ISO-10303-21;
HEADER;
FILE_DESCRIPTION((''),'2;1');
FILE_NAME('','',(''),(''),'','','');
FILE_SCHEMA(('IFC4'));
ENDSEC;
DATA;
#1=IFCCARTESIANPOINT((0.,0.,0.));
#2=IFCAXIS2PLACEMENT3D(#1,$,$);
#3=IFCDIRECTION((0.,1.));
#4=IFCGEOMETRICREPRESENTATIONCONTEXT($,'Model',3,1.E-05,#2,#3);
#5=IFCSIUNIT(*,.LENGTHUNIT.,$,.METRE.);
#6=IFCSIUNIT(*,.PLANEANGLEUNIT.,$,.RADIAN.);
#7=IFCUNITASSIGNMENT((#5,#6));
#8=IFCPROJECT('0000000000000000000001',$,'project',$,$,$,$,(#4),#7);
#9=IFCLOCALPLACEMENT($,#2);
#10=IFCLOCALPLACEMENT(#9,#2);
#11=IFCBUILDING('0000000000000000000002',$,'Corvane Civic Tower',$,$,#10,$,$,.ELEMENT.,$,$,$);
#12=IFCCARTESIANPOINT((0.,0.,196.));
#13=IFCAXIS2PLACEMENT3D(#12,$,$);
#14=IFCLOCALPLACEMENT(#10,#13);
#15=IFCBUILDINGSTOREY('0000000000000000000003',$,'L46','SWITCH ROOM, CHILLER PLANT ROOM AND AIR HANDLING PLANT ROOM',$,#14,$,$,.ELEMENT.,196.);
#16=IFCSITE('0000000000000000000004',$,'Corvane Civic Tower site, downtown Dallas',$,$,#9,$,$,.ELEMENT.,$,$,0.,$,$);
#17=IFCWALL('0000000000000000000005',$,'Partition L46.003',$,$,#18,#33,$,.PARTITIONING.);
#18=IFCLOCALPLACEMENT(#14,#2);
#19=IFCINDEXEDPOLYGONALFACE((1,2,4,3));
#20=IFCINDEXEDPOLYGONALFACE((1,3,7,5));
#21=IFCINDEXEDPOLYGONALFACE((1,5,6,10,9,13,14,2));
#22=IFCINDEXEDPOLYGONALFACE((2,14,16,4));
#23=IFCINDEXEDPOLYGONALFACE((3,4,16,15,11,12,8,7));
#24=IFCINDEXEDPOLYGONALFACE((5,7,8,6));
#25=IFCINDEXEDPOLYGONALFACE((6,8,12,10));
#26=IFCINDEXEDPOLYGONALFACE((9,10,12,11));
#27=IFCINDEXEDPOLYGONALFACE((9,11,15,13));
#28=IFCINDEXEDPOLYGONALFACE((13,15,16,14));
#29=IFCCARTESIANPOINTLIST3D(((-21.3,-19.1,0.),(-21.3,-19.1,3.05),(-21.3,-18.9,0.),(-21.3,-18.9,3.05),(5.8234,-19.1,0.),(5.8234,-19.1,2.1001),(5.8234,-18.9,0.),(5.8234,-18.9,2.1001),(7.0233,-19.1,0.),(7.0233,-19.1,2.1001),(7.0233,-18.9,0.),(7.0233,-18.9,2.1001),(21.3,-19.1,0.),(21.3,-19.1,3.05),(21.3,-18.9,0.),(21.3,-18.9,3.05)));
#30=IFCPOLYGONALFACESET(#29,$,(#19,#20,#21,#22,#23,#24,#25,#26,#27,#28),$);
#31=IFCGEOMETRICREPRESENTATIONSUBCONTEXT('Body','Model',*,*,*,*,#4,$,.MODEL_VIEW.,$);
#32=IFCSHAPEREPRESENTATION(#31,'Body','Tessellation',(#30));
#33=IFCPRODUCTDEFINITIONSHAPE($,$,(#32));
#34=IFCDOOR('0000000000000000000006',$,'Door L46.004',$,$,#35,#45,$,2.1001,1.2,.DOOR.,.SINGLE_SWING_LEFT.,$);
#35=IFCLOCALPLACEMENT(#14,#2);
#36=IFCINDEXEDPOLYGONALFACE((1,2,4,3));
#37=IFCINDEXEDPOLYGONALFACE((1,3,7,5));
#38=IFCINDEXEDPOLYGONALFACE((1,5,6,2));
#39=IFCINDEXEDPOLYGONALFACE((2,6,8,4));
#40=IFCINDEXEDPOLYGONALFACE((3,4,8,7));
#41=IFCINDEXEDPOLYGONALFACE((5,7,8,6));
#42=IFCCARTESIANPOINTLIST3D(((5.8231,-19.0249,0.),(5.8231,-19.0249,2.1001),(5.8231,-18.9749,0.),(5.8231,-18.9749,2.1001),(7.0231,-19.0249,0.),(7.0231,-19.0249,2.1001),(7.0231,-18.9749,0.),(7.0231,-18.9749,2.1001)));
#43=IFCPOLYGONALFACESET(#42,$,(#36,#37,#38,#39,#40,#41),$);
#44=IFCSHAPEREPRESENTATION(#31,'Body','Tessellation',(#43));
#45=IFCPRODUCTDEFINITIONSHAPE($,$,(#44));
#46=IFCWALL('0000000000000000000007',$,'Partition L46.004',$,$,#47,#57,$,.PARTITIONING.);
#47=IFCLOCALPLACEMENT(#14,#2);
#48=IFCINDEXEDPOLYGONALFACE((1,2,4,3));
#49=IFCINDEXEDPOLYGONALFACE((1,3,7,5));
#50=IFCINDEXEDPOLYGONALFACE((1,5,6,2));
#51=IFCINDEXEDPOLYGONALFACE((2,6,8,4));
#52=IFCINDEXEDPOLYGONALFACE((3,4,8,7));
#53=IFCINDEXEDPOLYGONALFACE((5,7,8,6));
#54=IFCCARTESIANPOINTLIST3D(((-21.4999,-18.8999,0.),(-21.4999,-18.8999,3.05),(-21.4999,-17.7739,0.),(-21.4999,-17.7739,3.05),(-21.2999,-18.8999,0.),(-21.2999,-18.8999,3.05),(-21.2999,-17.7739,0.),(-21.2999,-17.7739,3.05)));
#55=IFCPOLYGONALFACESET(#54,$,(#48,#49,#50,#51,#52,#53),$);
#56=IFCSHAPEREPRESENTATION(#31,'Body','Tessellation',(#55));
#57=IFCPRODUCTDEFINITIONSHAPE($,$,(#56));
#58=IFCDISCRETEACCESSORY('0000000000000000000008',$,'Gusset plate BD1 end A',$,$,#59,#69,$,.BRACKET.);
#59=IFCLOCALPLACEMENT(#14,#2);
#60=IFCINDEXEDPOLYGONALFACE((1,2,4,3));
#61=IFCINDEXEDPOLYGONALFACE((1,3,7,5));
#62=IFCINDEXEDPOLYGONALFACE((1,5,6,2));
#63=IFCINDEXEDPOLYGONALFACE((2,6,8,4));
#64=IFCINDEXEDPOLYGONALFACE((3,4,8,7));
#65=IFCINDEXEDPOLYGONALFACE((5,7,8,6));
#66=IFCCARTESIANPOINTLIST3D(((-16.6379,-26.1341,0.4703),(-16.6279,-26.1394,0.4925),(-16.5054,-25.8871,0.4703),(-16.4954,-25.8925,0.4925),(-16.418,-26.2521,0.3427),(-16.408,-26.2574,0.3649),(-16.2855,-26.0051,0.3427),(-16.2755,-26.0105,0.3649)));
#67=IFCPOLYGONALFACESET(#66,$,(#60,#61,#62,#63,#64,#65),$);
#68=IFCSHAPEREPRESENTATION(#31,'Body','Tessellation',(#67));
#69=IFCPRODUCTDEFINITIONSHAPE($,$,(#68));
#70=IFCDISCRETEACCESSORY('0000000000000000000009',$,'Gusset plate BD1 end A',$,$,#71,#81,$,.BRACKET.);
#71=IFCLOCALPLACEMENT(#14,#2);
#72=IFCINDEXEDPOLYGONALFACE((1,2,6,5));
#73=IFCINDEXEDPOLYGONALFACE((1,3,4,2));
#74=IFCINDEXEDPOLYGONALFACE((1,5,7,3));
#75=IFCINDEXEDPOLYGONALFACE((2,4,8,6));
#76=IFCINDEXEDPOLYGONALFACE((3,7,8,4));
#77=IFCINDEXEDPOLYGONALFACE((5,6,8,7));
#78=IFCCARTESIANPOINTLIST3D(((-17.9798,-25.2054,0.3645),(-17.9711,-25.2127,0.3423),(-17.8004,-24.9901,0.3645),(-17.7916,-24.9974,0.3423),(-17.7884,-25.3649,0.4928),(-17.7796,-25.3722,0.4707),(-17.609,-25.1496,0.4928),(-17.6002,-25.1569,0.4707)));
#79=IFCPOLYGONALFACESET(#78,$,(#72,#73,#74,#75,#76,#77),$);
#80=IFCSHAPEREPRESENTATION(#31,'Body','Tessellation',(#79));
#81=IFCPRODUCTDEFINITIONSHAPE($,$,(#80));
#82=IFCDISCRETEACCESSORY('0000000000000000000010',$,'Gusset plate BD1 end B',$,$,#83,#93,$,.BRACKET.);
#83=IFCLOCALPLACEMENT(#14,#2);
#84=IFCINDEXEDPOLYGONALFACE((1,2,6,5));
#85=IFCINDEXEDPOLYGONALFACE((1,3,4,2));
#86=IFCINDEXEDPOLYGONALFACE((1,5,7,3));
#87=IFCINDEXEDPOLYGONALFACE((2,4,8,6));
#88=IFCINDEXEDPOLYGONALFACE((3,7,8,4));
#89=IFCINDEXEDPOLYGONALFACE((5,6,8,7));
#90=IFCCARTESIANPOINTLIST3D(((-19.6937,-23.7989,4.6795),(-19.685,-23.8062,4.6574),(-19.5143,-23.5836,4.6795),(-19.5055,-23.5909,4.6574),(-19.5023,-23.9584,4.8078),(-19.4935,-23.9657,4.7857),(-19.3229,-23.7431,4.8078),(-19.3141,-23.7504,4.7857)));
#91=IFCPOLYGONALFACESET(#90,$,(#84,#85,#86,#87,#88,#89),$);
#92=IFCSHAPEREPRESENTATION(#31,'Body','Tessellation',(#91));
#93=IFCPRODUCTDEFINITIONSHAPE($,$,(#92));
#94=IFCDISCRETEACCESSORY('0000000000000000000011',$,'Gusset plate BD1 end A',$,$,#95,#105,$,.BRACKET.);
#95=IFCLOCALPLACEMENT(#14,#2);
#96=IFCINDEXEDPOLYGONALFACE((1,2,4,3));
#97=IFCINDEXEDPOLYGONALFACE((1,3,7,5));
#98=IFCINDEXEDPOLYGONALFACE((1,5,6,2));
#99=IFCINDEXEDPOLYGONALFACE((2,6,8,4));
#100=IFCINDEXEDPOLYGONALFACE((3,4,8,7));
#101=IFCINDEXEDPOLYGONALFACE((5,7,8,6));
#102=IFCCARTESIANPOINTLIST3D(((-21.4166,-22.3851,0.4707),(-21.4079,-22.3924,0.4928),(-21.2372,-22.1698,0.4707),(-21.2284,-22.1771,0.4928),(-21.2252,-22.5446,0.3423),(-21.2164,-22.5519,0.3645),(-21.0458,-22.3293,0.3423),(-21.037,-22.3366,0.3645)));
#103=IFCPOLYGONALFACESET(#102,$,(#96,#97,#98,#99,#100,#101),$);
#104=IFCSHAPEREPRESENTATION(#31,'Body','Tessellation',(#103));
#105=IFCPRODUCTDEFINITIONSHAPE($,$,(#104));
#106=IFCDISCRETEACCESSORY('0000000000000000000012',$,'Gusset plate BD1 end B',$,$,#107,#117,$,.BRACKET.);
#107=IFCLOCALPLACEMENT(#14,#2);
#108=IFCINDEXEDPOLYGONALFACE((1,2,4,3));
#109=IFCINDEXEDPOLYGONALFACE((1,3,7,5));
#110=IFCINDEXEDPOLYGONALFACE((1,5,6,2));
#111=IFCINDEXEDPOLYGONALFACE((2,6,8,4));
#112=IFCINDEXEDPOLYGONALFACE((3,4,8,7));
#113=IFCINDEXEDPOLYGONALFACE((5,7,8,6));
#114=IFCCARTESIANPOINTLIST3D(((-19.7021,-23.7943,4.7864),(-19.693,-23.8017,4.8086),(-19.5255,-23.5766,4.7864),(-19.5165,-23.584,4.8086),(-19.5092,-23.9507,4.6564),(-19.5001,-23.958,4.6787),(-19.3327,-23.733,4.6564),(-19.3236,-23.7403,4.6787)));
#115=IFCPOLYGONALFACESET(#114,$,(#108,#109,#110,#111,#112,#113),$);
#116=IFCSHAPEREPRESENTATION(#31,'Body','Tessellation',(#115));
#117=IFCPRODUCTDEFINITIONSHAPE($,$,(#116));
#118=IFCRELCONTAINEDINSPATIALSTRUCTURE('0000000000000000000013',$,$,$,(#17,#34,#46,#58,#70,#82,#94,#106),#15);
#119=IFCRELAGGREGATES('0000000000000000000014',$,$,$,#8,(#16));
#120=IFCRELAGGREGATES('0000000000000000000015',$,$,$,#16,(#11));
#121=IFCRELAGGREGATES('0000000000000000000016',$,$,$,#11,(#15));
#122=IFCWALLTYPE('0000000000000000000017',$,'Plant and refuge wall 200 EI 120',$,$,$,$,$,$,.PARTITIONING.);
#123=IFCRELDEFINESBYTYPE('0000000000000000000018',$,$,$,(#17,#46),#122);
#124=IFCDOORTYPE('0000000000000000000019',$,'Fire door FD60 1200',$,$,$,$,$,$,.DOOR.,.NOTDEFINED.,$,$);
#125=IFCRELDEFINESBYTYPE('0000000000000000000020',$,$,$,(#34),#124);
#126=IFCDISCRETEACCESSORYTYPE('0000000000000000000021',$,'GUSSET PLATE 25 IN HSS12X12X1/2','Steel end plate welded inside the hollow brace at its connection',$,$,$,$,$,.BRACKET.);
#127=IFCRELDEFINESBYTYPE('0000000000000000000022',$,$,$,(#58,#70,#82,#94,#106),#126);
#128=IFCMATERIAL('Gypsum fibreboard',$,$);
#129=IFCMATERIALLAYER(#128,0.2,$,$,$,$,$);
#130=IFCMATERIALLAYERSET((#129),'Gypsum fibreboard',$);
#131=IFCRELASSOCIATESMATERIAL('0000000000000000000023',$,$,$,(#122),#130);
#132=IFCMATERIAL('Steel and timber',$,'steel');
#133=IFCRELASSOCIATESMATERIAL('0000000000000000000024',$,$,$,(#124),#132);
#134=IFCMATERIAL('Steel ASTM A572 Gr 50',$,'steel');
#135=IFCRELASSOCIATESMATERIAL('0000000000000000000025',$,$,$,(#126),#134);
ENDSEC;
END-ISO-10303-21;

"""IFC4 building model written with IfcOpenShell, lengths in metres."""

from ifc_helpers import new_model, si_unit, direction, frame, frame_2d, origin, origin_2d, place, context, subcontext, project, spatial, rectangle, extrude, material, layer, layer_set, material_profile, profile_set, type_object, element, fill, save


model = new_model("IFC4")

# Units and contexts
model_context = context("Model", 3, precision=1e-05, world=origin(), true_north=direction((0.0, 1.0)))
body_context = subcontext(model_context, "Body", "Model", "MODEL_VIEW")
ifc_project = project(units=[si_unit("LENGTHUNIT", "METRE"), si_unit("PLANEANGLEUNIT", "RADIAN")], contexts=[model_context])

# Site, building, storey
site_placement = place(None, origin())
site = spatial("IfcSite", under=ifc_project, at=site_placement, Name="Corvane Civic Tower site, downtown Dallas", CompositionType="ELEMENT", RefElevation=0.0)
building_placement = place(site_placement, origin())
building = spatial("IfcBuilding", under=site, at=building_placement, Name="Corvane Civic Tower", CompositionType="ELEMENT")
storey_placement = place(building_placement, frame((0.0, 0.0, 196.0)))
storey = spatial("IfcBuildingStorey", under=building, at=storey_placement, Name="L46", Description="SWITCH ROOM, CHILLER PLANT ROOM AND AIR HANDLING PLANT ROOM", CompositionType="ELEMENT", Elevation=196.0)

# Wall, opening, door
ifc_material_1 = material(Name="Gypsum fibreboard")
ifc_layer_1 = layer(ifc_material_1, 0.2)
ifc_layer_set_1 = layer_set([ifc_layer_1], Name="Gypsum fibreboard")
wall_type_1 = type_object("IfcWallType", Name="Plant and refuge wall 200 EI 120", PredefinedType="PARTITIONING", material=ifc_layer_set_1)
wall_1_placement = place(storey_placement, frame((-21.3, -19.0, 0.0), z_axis=(0.0, 0.0, 1.0), x_axis=(1.0, 0.0, 0.0)))
wall_1 = element("IfcWall", 1, at=wall_1_placement, inside=storey, type_object=wall_type_1, Name="Partition L46.003", PredefinedType="PARTITIONING", context=body_context, shape_type="SweptSolid", body=[
    extrude(rectangle(XDim=42.6001, YDim=0.2, at=frame_2d((21.3, 0.0))), origin(), (0.0, 0.0, 1.0), 3.05),
])
opening_placement = place(wall_1_placement, frame((27.1233, 0.0, 0.0)))
opening = element("IfcOpeningElement", 2, at=opening_placement, cuts=wall_1, PredefinedType="OPENING", context=body_context, shape_type="SweptSolid", body=[
    extrude(rectangle(XDim=1.2, YDim=2.1001, at=frame_2d((0.6001, 1.05))), frame((0.0, 0.1099, 0.0), z_axis=(0.0, -1.0, 0.0), x_axis=(1.0, 0.0, 0.0)), (0.0, 0.0, 1.0), 0.22),
])
ifc_material_2 = material(Name="Steel and timber", Category="steel")
door_type = type_object("IfcDoorType", Name="Fire door FD60 1200", OperationType="NOTDEFINED", PredefinedType="DOOR", material=ifc_material_2)
door_placement = place(opening_placement, frame((1.2, 0.0, 0.0), z_axis=(0.0, 0.0, 1.0), x_axis=(-1.0, 0.0, 0.0)))
door = element("IfcDoor", 3, at=door_placement, inside=storey, type_object=door_type, Name="Door L46.004", OperationType="SINGLE_SWING_LEFT", OverallHeight=2.1001, OverallWidth=1.2, PredefinedType="DOOR", context=body_context, shape_type="SweptSolid", body=[
    extrude(rectangle(XDim=1.2, YDim=2.1001, at=frame_2d((0.6001, 1.05))), frame((0.0, 0.0249, 0.0), z_axis=(0.0, -1.0, 0.0), x_axis=(1.0, 0.0, 0.0)), (0.0, 0.0, 1.0), 0.05),
])
fill(opening, door)

# Wall
wall_2_placement = place(storey_placement, frame((-21.3999, -18.8999, 0.0), z_axis=(0.0, 0.0, 1.0), x_axis=(0.0, 1.0, 0.0)))
element("IfcWall", 4, at=wall_2_placement, inside=storey, type_object=wall_type_1, Name="Partition L46.004", PredefinedType="PARTITIONING", context=body_context, shape_type="SweptSolid", body=[
    extrude(rectangle(XDim=1.126, YDim=0.2, at=frame_2d((0.563, 0.0))), origin(), (0.0, 0.0, 1.0), 3.05),
])

# Discrete accessories
ifc_material_3 = material(Name="Steel ASTM A572 Gr 50", Category="steel")
ifc_material_profile_1 = material_profile(ifc_material_3, rectangle(XDim=0.2803, YDim=0.2803, at=origin_2d()), Name="GUSSET PLATE 25 IN HSS12X12X1/2")
ifc_profile_set_1 = profile_set([ifc_material_profile_1], Name="Steel ASTM A572 Gr 50")
discrete_accessory_type = type_object("IfcDiscreteAccessoryType", Name="GUSSET PLATE 25 IN HSS12X12X1/2", Description="Steel end plate welded inside the hollow brace at its connection", PredefinedType="BRACKET", material=ifc_profile_set_1)
for number, where, z_axis, x_axis, name in (
    (5, (-16.4617, -26.0696, 0.4065), (0.401152, -0.215252, 0.890362), (0.472818, 0.88116, 0.0), "Gusset plate BD1 end A"),
    (6, (-17.7856, -25.1848, 0.4065), (-0.351709, 0.293091, 0.889043), (-0.640184, -0.768221, 0.0), "Gusset plate BD1 end A"),
    (7, (-19.5083, -23.771, 4.7437), (0.351709, -0.293091, -0.889043), (0.640184, 0.768221, 0.0), "Gusset plate BD1 end B"),
    (8, (-21.2312, -22.3572, 0.4065), (0.351709, -0.293091, 0.889043), (0.640184, 0.768221, 0.0), "Gusset plate BD1 end A"),
):
    element("IfcDiscreteAccessory", number, at=place(storey_placement, frame(where, z_axis=z_axis, x_axis=x_axis)), inside=storey, type_object=discrete_accessory_type, Name=name, PredefinedType="BRACKET", context=body_context, shape_type="SweptSolid", body=[
        extrude(rectangle(XDim=0.2803, YDim=0.2803, at=origin_2d()), origin(), (0.0, 0.0, 1.0), 0.0249),
    ])
discrete_accessory_placement = place(storey_placement, frame((-19.5083, -23.771, 4.7437), z_axis=(-0.360226, 0.292075, -0.885962), x_axis=(-0.629802, -0.776756, 0.0)))
element("IfcDiscreteAccessory", 9, at=discrete_accessory_placement, inside=storey, type_object=discrete_accessory_type, Name="Gusset plate BD1 end B", PredefinedType="BRACKET", context=body_context, shape_type="SweptSolid", body=[
    extrude(rectangle(XDim=0.2803, YDim=0.2803, at=origin_2d()), origin(), (0.0, 0.0, 1.0), 0.0251),
])

save(model, "model.ifc")
